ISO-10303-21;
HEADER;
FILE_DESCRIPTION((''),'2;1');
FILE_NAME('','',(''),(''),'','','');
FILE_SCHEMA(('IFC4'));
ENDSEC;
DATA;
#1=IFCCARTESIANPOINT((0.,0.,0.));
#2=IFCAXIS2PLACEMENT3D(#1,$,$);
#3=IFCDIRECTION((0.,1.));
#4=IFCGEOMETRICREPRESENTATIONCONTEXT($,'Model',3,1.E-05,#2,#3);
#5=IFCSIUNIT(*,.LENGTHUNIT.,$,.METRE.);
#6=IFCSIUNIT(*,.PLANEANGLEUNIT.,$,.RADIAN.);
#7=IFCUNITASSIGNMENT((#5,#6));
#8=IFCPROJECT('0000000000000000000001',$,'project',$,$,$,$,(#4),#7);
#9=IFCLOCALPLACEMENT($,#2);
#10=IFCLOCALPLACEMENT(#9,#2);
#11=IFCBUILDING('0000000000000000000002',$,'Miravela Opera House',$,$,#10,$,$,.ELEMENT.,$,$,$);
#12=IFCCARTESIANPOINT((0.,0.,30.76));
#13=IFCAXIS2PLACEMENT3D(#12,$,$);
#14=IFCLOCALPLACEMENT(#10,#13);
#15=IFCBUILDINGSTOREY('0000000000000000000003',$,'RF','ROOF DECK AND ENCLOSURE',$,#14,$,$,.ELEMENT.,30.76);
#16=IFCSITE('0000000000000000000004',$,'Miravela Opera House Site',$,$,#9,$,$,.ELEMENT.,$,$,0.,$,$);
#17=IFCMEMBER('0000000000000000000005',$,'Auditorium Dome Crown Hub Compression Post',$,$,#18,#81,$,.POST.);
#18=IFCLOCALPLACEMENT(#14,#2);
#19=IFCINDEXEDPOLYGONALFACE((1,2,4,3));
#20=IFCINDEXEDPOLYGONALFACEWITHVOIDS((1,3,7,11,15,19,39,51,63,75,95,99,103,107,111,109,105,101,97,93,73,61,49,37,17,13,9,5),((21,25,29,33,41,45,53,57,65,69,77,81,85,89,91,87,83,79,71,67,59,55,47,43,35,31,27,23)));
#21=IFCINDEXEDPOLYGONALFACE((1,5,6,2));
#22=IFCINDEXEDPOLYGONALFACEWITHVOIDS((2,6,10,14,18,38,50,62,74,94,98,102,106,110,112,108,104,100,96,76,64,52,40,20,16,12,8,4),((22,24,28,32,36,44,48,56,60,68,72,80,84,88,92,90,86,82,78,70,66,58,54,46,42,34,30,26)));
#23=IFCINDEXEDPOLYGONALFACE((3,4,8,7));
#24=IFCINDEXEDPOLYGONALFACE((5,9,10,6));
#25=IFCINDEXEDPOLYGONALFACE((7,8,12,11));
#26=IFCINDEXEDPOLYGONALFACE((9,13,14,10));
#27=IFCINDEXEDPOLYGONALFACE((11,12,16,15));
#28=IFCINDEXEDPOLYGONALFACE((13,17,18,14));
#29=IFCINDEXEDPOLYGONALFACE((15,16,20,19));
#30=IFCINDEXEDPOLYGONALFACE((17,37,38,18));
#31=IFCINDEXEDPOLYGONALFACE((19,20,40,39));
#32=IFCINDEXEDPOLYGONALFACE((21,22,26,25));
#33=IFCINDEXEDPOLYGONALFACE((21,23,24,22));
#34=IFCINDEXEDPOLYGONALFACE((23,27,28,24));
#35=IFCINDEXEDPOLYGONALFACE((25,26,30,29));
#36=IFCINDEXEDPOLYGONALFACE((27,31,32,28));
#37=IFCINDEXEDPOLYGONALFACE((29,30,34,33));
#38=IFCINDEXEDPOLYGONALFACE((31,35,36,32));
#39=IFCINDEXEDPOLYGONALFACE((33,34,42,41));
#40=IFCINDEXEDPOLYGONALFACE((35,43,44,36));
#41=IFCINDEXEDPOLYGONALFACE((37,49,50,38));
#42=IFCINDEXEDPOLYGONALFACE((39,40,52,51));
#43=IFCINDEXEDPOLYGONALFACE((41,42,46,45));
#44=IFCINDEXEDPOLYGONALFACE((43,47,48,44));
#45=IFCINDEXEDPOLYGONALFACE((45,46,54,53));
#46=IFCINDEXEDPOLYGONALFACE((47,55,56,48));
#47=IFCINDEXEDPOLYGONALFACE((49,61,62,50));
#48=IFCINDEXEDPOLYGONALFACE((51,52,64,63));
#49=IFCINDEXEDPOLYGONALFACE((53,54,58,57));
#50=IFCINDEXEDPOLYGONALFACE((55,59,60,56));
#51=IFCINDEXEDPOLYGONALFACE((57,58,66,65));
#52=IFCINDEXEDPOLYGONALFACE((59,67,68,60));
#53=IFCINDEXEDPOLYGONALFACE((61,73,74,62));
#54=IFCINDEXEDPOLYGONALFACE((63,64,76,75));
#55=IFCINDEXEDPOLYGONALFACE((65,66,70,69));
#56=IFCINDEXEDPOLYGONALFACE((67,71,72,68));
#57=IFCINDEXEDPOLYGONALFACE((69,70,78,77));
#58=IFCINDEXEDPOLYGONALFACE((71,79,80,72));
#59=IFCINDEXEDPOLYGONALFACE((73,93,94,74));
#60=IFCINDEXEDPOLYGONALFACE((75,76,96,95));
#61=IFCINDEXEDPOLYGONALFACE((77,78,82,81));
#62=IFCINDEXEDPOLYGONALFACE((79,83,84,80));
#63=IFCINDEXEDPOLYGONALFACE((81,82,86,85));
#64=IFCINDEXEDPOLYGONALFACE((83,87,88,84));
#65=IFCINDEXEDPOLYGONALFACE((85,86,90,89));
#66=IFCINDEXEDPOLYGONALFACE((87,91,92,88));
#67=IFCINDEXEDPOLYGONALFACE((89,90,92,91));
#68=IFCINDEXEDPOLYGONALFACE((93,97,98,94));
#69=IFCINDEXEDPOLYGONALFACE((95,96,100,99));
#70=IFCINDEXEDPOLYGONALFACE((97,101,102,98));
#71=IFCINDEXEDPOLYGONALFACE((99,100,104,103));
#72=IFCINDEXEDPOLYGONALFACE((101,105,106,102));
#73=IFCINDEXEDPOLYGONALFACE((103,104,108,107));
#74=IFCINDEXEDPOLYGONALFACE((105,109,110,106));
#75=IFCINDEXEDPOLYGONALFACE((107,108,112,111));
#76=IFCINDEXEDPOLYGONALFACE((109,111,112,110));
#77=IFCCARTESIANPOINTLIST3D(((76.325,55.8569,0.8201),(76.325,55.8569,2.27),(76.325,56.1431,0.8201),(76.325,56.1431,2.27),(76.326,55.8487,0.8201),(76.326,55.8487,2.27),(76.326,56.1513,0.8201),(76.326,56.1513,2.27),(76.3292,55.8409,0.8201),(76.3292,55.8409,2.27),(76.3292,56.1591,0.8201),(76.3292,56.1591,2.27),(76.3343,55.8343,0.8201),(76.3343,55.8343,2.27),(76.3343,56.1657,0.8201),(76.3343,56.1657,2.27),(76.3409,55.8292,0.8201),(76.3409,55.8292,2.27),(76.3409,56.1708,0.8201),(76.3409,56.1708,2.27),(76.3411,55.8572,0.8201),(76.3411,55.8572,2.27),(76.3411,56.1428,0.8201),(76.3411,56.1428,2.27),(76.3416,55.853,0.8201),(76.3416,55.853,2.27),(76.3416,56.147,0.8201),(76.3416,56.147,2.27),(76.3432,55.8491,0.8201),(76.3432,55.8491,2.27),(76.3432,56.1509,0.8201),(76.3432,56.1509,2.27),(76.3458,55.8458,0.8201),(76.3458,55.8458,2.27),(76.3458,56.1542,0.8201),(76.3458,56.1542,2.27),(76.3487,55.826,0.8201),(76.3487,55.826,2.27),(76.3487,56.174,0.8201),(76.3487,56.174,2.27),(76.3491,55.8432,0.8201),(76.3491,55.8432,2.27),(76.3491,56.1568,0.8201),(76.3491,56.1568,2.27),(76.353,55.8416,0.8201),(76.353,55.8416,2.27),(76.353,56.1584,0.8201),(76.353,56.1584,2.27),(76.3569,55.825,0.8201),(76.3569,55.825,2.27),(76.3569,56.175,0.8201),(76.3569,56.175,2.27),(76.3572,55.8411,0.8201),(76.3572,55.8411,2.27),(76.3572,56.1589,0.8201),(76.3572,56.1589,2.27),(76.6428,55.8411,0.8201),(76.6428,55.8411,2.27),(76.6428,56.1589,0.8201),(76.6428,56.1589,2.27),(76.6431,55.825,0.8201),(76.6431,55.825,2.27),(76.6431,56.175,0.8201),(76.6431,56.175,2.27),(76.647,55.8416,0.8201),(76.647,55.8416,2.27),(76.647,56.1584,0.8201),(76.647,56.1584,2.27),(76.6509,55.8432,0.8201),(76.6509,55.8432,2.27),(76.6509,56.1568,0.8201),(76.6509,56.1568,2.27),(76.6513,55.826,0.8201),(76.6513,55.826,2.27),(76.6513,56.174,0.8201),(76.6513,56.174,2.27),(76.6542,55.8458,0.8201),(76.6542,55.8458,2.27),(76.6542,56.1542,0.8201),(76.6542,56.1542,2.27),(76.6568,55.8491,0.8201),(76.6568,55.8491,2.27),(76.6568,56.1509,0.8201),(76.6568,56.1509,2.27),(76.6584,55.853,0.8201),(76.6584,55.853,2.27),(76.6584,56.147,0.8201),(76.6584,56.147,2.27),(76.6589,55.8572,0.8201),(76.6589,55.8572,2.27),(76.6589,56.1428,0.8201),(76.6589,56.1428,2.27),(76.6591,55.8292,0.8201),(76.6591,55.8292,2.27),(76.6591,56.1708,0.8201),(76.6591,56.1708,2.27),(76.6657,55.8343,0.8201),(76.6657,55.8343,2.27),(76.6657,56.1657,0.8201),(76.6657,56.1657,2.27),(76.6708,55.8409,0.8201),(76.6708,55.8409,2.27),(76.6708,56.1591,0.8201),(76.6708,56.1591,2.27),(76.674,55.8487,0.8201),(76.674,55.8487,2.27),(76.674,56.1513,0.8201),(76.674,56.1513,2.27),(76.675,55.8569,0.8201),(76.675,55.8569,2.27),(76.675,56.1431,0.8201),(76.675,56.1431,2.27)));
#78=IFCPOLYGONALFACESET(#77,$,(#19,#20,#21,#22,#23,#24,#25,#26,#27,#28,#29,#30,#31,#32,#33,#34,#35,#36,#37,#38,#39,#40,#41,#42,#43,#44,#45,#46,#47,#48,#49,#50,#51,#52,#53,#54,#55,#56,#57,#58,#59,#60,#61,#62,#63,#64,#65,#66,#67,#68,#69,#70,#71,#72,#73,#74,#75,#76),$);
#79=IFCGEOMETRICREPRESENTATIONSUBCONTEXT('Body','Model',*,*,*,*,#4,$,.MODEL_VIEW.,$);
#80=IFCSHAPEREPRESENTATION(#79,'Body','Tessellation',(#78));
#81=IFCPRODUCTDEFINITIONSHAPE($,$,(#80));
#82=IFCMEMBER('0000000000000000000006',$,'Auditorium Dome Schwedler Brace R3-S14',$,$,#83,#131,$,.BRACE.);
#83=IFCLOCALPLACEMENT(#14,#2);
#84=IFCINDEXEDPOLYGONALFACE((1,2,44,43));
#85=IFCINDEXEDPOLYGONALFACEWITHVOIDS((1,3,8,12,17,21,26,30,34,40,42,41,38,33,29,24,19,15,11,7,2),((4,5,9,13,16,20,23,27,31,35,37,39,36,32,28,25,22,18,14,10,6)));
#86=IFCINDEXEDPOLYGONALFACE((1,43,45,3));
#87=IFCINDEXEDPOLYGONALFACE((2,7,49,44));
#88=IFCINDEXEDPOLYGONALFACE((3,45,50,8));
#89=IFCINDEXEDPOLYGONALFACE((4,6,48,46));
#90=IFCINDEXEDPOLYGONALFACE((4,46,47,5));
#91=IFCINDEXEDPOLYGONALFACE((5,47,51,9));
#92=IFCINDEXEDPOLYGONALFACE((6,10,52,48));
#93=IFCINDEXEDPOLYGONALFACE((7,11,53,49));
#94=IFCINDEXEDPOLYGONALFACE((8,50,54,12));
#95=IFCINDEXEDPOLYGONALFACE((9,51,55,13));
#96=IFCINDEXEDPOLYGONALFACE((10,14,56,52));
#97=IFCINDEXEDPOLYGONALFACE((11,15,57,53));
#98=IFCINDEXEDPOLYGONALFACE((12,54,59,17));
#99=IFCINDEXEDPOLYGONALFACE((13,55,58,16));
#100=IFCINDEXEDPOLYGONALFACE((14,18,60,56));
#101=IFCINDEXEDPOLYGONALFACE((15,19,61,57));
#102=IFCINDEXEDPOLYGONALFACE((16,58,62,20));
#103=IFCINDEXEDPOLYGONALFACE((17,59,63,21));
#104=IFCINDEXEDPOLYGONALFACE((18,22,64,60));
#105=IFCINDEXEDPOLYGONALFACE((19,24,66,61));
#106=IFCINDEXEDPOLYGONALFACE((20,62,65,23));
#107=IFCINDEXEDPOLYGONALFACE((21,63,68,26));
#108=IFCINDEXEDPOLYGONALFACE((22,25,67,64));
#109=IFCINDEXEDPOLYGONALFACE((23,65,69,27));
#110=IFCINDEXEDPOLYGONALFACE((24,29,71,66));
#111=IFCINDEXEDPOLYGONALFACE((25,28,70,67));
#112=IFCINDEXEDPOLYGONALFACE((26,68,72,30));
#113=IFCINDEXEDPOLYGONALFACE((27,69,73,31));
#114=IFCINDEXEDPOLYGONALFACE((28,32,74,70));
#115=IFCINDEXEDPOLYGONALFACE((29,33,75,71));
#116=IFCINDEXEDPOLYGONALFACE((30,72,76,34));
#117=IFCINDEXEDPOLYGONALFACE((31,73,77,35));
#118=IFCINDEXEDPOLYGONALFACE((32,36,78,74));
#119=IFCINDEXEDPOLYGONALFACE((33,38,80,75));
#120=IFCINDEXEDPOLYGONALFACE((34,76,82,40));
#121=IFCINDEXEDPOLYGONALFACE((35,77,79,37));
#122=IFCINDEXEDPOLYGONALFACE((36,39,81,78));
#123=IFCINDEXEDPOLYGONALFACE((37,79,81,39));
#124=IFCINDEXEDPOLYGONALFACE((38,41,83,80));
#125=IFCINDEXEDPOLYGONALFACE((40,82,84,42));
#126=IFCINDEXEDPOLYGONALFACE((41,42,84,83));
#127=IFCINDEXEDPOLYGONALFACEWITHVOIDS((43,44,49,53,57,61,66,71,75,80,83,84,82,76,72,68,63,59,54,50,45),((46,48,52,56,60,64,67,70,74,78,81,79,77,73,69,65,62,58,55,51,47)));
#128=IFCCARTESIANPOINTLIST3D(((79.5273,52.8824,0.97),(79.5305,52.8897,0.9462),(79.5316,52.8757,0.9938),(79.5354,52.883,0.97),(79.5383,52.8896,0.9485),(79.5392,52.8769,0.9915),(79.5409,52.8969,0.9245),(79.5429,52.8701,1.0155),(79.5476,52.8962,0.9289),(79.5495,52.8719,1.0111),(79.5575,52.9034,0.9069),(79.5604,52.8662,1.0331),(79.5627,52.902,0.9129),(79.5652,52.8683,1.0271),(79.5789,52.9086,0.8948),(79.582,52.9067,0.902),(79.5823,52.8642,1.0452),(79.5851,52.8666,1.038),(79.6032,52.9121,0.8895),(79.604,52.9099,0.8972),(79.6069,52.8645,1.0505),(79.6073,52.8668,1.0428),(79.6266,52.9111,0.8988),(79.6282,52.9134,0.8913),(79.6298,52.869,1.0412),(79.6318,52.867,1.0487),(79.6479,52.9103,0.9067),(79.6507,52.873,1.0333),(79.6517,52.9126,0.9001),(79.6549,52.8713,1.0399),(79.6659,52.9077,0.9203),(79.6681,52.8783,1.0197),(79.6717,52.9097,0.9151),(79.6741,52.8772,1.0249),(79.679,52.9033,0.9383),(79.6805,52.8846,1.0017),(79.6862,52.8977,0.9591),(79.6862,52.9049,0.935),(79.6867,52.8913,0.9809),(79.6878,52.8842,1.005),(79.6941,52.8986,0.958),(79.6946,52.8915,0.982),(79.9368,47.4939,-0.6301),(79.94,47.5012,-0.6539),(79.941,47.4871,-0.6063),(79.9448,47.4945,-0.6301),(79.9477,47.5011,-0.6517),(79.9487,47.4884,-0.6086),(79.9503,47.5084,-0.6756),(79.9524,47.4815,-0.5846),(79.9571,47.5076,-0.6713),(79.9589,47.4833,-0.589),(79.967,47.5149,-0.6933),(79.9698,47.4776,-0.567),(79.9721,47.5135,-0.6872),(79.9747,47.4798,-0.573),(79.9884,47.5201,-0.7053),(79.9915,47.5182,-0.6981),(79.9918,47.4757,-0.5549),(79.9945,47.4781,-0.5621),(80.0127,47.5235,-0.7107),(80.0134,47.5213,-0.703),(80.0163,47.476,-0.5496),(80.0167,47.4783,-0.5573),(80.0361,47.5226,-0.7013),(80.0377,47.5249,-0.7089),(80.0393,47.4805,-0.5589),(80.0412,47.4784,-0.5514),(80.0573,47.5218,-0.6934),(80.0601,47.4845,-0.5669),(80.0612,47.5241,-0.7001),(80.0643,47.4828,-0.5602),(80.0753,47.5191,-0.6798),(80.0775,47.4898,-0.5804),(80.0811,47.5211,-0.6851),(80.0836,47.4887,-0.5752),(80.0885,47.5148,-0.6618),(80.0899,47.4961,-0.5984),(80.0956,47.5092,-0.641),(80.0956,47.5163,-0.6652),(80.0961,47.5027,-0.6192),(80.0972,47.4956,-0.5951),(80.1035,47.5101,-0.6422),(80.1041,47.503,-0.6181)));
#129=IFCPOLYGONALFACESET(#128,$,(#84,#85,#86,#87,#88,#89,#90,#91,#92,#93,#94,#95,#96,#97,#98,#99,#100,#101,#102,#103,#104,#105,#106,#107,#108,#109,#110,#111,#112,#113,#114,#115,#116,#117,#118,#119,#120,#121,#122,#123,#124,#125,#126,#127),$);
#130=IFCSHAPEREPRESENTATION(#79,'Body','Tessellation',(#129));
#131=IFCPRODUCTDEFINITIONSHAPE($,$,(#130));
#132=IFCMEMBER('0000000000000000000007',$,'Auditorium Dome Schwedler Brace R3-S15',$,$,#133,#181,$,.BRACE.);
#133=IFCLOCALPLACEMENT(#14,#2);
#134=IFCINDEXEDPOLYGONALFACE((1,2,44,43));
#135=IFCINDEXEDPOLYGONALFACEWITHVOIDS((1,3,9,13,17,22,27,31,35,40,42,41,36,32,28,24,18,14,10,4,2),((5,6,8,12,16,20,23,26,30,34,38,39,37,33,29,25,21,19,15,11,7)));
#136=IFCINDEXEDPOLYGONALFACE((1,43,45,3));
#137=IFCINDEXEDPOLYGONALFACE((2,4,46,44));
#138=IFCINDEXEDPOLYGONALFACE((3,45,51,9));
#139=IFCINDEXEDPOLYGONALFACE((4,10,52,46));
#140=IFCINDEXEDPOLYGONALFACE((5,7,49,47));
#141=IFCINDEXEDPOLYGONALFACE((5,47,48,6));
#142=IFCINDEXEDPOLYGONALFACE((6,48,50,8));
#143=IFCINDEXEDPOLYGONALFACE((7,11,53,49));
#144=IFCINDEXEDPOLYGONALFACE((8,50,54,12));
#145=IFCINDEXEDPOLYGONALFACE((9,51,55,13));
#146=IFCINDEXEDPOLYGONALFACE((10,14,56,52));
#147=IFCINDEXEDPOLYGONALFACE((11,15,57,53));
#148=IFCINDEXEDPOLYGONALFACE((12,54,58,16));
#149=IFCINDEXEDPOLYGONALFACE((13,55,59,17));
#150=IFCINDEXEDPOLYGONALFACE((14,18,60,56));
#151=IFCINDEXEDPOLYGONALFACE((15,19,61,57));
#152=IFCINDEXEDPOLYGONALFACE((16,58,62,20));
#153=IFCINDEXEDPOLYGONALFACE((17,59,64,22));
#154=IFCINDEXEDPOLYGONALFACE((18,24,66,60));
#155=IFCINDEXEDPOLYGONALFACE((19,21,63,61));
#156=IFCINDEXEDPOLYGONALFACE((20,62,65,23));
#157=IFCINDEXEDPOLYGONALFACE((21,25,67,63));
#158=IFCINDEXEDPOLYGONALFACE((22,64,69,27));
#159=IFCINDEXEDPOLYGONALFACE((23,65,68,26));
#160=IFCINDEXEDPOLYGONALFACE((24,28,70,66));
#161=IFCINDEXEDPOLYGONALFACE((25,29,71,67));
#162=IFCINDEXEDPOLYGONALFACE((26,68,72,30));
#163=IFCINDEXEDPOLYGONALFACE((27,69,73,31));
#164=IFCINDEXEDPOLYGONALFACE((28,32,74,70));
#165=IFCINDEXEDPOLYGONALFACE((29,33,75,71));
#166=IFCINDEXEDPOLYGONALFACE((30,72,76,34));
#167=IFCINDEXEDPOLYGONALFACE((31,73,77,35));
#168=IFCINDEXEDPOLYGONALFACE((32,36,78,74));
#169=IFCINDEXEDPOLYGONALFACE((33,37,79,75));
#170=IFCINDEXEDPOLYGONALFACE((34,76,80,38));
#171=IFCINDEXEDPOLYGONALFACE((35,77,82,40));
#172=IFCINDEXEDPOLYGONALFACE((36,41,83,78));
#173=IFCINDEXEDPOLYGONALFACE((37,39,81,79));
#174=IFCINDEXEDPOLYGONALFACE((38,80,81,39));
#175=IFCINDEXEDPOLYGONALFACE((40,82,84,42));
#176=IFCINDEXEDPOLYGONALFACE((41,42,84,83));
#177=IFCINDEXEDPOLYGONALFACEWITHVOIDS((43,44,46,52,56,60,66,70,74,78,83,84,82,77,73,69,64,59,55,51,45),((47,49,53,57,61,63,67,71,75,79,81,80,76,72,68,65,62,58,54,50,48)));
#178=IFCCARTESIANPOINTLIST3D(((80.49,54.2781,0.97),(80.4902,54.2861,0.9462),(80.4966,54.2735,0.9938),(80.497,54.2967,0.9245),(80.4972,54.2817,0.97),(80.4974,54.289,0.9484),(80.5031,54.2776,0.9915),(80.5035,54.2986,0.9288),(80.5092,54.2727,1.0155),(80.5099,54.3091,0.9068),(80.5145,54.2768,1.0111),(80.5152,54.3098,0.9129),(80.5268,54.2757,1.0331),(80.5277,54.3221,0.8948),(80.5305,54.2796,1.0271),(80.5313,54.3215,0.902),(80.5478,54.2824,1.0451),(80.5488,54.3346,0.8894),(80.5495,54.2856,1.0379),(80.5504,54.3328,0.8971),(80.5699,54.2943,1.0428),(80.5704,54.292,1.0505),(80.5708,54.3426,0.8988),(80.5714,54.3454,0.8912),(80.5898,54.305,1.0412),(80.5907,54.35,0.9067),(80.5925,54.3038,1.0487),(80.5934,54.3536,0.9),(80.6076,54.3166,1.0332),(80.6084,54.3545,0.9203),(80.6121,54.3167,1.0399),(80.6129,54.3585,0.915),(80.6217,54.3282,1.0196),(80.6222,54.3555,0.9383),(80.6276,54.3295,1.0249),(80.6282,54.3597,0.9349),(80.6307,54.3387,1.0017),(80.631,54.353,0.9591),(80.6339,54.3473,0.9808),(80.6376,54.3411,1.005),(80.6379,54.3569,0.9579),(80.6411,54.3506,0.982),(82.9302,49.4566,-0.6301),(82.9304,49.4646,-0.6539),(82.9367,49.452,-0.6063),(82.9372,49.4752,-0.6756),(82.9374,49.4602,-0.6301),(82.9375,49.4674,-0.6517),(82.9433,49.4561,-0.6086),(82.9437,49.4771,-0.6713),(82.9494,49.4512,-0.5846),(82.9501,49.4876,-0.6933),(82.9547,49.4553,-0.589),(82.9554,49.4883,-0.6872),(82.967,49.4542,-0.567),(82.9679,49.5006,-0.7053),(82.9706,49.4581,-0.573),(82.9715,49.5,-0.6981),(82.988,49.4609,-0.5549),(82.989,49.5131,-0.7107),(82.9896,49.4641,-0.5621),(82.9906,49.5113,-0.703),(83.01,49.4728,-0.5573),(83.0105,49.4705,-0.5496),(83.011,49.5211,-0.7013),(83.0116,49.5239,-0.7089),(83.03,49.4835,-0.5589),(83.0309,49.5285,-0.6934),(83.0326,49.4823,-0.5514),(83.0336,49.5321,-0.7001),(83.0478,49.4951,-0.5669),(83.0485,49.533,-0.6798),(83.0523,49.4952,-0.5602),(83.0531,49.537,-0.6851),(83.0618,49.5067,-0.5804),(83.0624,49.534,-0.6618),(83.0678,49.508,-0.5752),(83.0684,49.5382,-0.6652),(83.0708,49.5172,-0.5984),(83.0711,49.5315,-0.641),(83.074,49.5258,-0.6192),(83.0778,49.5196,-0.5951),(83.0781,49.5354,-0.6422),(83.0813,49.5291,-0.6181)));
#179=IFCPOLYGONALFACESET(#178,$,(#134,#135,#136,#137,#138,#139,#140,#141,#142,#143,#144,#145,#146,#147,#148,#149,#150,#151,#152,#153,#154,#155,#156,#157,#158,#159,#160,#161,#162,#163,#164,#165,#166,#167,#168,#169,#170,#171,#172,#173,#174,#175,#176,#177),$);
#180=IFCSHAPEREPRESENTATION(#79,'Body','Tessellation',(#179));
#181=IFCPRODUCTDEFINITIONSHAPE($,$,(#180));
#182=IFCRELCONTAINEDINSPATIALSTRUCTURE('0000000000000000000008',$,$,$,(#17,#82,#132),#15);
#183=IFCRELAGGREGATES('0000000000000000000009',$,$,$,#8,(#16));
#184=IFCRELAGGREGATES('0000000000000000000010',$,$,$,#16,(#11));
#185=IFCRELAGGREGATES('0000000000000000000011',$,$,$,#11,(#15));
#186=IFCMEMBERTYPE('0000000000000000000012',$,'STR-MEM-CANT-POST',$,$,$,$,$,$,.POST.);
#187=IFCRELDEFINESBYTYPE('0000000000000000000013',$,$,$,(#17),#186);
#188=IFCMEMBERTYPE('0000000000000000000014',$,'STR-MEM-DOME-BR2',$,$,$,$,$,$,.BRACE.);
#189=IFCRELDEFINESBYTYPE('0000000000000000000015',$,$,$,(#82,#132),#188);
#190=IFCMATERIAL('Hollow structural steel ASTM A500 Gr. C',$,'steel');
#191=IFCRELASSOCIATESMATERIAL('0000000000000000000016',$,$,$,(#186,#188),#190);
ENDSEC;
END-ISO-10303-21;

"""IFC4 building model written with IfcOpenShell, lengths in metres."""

from ifc_helpers import new_model, si_unit, direction, frame, origin, origin_2d, place, context, subcontext, project, spatial, hollow_rectangle, hollow_circle, extrude, material, material_profile, profile_set, type_object, element, save


model = new_model("IFC4")

# Units and contexts
model_context = context("Model", 3, precision=1e-05, world=origin(), true_north=direction((0.0, 1.0)))
body_context = subcontext(model_context, "Body", "Model", "MODEL_VIEW")
ifc_project = project(units=[si_unit("LENGTHUNIT", "METRE"), si_unit("PLANEANGLEUNIT", "RADIAN")], contexts=[model_context])

# Site, building, storey
site_placement = place(None, origin())
site = spatial("IfcSite", under=ifc_project, at=site_placement, Name="Miravela Opera House Site", CompositionType="ELEMENT", RefElevation=0.0)
building_placement = place(site_placement, origin())
building = spatial("IfcBuilding", under=site, at=building_placement, Name="Miravela Opera House", CompositionType="ELEMENT")
storey_placement = place(building_placement, frame((0.0, 0.0, 30.76)))
storey = spatial("IfcBuildingStorey", under=building, at=storey_placement, Name="RF", Description="ROOF DECK AND ENCLOSURE", CompositionType="ELEMENT", Elevation=30.76)

# Members
ifc_material_1 = material(Name="Hollow structural steel ASTM A500 Gr. C", Category="steel")
ifc_material_profile_1 = material_profile(ifc_material_1, hollow_rectangle(XDim=0.3501, YDim=0.3501, WallThickness=0.0161, InnerFilletRadius=0.0161, OuterFilletRadius=0.032, at=origin_2d()), Name="HSS350X350X16")
ifc_profile_set_1 = profile_set([ifc_material_profile_1])
member_type_1 = type_object("IfcMemberType", Name="STR-MEM-CANT-POST", PredefinedType="POST", material=ifc_profile_set_1)
member_1_placement = place(storey_placement, frame((76.5, 56.0, 0.8201), z_axis=(0.0, 0.0, 1.0), x_axis=(1.0, 0.0, 0.0)))
element("IfcMember", 1, at=member_1_placement, inside=storey, type_object=member_type_1, Name="Auditorium Dome Crown Hub Compression Post", PredefinedType="POST", context=body_context, shape_type="SweptSolid", body=[
    extrude(hollow_rectangle(XDim=0.3501, YDim=0.3501, WallThickness=0.0161, InnerFilletRadius=0.0161, OuterFilletRadius=0.032, at=origin_2d()), origin(), (0.0, 0.0, 1.0), 1.45),
])
ifc_material_profile_2 = material_profile(ifc_material_1, hollow_circle(Radius=0.0842, WallThickness=0.0081, at=origin_2d()), Name="CHS168X8")
ifc_profile_set_2 = profile_set([ifc_material_profile_2])
member_type_2 = type_object("IfcMemberType", Name="STR-MEM-DOME-BR2", PredefinedType="BRACE", material=ifc_profile_set_2)
member_2_placement = place(storey_placement, frame((80.0208, 47.5002, -0.6301), z_axis=(-0.072646, 0.956094, 0.283913), x_axis=(-0.997126, -0.075764, 0.0)))
element("IfcMember", 2, at=member_2_placement, inside=storey, type_object=member_type_2, Name="Auditorium Dome Schwedler Brace R3-S14", PredefinedType="BRACE", context=body_context, shape_type="SweptSolid", body=[
    extrude(hollow_circle(Radius=0.0842, WallThickness=0.0081, at=origin_2d()), origin(), (0.0, 0.0, 1.0), 5.636),
])
member_3_placement = place(storey_placement, frame((83.0054, 49.4946, -0.6301), z_axis=(-0.432981, 0.855522, 0.283918), x_axis=(-0.892239, -0.451564, 0.0)))
element("IfcMember", 3, at=member_3_placement, inside=storey, type_object=member_type_2, Name="Auditorium Dome Schwedler Brace R3-S15", PredefinedType="BRACE", context=body_context, shape_type="SweptSolid", body=[
    extrude(hollow_circle(Radius=0.0842, WallThickness=0.0081, at=origin_2d()), origin(), (0.0, 0.0, 1.0), 5.6357),
])

save(model, "model.ifc")
